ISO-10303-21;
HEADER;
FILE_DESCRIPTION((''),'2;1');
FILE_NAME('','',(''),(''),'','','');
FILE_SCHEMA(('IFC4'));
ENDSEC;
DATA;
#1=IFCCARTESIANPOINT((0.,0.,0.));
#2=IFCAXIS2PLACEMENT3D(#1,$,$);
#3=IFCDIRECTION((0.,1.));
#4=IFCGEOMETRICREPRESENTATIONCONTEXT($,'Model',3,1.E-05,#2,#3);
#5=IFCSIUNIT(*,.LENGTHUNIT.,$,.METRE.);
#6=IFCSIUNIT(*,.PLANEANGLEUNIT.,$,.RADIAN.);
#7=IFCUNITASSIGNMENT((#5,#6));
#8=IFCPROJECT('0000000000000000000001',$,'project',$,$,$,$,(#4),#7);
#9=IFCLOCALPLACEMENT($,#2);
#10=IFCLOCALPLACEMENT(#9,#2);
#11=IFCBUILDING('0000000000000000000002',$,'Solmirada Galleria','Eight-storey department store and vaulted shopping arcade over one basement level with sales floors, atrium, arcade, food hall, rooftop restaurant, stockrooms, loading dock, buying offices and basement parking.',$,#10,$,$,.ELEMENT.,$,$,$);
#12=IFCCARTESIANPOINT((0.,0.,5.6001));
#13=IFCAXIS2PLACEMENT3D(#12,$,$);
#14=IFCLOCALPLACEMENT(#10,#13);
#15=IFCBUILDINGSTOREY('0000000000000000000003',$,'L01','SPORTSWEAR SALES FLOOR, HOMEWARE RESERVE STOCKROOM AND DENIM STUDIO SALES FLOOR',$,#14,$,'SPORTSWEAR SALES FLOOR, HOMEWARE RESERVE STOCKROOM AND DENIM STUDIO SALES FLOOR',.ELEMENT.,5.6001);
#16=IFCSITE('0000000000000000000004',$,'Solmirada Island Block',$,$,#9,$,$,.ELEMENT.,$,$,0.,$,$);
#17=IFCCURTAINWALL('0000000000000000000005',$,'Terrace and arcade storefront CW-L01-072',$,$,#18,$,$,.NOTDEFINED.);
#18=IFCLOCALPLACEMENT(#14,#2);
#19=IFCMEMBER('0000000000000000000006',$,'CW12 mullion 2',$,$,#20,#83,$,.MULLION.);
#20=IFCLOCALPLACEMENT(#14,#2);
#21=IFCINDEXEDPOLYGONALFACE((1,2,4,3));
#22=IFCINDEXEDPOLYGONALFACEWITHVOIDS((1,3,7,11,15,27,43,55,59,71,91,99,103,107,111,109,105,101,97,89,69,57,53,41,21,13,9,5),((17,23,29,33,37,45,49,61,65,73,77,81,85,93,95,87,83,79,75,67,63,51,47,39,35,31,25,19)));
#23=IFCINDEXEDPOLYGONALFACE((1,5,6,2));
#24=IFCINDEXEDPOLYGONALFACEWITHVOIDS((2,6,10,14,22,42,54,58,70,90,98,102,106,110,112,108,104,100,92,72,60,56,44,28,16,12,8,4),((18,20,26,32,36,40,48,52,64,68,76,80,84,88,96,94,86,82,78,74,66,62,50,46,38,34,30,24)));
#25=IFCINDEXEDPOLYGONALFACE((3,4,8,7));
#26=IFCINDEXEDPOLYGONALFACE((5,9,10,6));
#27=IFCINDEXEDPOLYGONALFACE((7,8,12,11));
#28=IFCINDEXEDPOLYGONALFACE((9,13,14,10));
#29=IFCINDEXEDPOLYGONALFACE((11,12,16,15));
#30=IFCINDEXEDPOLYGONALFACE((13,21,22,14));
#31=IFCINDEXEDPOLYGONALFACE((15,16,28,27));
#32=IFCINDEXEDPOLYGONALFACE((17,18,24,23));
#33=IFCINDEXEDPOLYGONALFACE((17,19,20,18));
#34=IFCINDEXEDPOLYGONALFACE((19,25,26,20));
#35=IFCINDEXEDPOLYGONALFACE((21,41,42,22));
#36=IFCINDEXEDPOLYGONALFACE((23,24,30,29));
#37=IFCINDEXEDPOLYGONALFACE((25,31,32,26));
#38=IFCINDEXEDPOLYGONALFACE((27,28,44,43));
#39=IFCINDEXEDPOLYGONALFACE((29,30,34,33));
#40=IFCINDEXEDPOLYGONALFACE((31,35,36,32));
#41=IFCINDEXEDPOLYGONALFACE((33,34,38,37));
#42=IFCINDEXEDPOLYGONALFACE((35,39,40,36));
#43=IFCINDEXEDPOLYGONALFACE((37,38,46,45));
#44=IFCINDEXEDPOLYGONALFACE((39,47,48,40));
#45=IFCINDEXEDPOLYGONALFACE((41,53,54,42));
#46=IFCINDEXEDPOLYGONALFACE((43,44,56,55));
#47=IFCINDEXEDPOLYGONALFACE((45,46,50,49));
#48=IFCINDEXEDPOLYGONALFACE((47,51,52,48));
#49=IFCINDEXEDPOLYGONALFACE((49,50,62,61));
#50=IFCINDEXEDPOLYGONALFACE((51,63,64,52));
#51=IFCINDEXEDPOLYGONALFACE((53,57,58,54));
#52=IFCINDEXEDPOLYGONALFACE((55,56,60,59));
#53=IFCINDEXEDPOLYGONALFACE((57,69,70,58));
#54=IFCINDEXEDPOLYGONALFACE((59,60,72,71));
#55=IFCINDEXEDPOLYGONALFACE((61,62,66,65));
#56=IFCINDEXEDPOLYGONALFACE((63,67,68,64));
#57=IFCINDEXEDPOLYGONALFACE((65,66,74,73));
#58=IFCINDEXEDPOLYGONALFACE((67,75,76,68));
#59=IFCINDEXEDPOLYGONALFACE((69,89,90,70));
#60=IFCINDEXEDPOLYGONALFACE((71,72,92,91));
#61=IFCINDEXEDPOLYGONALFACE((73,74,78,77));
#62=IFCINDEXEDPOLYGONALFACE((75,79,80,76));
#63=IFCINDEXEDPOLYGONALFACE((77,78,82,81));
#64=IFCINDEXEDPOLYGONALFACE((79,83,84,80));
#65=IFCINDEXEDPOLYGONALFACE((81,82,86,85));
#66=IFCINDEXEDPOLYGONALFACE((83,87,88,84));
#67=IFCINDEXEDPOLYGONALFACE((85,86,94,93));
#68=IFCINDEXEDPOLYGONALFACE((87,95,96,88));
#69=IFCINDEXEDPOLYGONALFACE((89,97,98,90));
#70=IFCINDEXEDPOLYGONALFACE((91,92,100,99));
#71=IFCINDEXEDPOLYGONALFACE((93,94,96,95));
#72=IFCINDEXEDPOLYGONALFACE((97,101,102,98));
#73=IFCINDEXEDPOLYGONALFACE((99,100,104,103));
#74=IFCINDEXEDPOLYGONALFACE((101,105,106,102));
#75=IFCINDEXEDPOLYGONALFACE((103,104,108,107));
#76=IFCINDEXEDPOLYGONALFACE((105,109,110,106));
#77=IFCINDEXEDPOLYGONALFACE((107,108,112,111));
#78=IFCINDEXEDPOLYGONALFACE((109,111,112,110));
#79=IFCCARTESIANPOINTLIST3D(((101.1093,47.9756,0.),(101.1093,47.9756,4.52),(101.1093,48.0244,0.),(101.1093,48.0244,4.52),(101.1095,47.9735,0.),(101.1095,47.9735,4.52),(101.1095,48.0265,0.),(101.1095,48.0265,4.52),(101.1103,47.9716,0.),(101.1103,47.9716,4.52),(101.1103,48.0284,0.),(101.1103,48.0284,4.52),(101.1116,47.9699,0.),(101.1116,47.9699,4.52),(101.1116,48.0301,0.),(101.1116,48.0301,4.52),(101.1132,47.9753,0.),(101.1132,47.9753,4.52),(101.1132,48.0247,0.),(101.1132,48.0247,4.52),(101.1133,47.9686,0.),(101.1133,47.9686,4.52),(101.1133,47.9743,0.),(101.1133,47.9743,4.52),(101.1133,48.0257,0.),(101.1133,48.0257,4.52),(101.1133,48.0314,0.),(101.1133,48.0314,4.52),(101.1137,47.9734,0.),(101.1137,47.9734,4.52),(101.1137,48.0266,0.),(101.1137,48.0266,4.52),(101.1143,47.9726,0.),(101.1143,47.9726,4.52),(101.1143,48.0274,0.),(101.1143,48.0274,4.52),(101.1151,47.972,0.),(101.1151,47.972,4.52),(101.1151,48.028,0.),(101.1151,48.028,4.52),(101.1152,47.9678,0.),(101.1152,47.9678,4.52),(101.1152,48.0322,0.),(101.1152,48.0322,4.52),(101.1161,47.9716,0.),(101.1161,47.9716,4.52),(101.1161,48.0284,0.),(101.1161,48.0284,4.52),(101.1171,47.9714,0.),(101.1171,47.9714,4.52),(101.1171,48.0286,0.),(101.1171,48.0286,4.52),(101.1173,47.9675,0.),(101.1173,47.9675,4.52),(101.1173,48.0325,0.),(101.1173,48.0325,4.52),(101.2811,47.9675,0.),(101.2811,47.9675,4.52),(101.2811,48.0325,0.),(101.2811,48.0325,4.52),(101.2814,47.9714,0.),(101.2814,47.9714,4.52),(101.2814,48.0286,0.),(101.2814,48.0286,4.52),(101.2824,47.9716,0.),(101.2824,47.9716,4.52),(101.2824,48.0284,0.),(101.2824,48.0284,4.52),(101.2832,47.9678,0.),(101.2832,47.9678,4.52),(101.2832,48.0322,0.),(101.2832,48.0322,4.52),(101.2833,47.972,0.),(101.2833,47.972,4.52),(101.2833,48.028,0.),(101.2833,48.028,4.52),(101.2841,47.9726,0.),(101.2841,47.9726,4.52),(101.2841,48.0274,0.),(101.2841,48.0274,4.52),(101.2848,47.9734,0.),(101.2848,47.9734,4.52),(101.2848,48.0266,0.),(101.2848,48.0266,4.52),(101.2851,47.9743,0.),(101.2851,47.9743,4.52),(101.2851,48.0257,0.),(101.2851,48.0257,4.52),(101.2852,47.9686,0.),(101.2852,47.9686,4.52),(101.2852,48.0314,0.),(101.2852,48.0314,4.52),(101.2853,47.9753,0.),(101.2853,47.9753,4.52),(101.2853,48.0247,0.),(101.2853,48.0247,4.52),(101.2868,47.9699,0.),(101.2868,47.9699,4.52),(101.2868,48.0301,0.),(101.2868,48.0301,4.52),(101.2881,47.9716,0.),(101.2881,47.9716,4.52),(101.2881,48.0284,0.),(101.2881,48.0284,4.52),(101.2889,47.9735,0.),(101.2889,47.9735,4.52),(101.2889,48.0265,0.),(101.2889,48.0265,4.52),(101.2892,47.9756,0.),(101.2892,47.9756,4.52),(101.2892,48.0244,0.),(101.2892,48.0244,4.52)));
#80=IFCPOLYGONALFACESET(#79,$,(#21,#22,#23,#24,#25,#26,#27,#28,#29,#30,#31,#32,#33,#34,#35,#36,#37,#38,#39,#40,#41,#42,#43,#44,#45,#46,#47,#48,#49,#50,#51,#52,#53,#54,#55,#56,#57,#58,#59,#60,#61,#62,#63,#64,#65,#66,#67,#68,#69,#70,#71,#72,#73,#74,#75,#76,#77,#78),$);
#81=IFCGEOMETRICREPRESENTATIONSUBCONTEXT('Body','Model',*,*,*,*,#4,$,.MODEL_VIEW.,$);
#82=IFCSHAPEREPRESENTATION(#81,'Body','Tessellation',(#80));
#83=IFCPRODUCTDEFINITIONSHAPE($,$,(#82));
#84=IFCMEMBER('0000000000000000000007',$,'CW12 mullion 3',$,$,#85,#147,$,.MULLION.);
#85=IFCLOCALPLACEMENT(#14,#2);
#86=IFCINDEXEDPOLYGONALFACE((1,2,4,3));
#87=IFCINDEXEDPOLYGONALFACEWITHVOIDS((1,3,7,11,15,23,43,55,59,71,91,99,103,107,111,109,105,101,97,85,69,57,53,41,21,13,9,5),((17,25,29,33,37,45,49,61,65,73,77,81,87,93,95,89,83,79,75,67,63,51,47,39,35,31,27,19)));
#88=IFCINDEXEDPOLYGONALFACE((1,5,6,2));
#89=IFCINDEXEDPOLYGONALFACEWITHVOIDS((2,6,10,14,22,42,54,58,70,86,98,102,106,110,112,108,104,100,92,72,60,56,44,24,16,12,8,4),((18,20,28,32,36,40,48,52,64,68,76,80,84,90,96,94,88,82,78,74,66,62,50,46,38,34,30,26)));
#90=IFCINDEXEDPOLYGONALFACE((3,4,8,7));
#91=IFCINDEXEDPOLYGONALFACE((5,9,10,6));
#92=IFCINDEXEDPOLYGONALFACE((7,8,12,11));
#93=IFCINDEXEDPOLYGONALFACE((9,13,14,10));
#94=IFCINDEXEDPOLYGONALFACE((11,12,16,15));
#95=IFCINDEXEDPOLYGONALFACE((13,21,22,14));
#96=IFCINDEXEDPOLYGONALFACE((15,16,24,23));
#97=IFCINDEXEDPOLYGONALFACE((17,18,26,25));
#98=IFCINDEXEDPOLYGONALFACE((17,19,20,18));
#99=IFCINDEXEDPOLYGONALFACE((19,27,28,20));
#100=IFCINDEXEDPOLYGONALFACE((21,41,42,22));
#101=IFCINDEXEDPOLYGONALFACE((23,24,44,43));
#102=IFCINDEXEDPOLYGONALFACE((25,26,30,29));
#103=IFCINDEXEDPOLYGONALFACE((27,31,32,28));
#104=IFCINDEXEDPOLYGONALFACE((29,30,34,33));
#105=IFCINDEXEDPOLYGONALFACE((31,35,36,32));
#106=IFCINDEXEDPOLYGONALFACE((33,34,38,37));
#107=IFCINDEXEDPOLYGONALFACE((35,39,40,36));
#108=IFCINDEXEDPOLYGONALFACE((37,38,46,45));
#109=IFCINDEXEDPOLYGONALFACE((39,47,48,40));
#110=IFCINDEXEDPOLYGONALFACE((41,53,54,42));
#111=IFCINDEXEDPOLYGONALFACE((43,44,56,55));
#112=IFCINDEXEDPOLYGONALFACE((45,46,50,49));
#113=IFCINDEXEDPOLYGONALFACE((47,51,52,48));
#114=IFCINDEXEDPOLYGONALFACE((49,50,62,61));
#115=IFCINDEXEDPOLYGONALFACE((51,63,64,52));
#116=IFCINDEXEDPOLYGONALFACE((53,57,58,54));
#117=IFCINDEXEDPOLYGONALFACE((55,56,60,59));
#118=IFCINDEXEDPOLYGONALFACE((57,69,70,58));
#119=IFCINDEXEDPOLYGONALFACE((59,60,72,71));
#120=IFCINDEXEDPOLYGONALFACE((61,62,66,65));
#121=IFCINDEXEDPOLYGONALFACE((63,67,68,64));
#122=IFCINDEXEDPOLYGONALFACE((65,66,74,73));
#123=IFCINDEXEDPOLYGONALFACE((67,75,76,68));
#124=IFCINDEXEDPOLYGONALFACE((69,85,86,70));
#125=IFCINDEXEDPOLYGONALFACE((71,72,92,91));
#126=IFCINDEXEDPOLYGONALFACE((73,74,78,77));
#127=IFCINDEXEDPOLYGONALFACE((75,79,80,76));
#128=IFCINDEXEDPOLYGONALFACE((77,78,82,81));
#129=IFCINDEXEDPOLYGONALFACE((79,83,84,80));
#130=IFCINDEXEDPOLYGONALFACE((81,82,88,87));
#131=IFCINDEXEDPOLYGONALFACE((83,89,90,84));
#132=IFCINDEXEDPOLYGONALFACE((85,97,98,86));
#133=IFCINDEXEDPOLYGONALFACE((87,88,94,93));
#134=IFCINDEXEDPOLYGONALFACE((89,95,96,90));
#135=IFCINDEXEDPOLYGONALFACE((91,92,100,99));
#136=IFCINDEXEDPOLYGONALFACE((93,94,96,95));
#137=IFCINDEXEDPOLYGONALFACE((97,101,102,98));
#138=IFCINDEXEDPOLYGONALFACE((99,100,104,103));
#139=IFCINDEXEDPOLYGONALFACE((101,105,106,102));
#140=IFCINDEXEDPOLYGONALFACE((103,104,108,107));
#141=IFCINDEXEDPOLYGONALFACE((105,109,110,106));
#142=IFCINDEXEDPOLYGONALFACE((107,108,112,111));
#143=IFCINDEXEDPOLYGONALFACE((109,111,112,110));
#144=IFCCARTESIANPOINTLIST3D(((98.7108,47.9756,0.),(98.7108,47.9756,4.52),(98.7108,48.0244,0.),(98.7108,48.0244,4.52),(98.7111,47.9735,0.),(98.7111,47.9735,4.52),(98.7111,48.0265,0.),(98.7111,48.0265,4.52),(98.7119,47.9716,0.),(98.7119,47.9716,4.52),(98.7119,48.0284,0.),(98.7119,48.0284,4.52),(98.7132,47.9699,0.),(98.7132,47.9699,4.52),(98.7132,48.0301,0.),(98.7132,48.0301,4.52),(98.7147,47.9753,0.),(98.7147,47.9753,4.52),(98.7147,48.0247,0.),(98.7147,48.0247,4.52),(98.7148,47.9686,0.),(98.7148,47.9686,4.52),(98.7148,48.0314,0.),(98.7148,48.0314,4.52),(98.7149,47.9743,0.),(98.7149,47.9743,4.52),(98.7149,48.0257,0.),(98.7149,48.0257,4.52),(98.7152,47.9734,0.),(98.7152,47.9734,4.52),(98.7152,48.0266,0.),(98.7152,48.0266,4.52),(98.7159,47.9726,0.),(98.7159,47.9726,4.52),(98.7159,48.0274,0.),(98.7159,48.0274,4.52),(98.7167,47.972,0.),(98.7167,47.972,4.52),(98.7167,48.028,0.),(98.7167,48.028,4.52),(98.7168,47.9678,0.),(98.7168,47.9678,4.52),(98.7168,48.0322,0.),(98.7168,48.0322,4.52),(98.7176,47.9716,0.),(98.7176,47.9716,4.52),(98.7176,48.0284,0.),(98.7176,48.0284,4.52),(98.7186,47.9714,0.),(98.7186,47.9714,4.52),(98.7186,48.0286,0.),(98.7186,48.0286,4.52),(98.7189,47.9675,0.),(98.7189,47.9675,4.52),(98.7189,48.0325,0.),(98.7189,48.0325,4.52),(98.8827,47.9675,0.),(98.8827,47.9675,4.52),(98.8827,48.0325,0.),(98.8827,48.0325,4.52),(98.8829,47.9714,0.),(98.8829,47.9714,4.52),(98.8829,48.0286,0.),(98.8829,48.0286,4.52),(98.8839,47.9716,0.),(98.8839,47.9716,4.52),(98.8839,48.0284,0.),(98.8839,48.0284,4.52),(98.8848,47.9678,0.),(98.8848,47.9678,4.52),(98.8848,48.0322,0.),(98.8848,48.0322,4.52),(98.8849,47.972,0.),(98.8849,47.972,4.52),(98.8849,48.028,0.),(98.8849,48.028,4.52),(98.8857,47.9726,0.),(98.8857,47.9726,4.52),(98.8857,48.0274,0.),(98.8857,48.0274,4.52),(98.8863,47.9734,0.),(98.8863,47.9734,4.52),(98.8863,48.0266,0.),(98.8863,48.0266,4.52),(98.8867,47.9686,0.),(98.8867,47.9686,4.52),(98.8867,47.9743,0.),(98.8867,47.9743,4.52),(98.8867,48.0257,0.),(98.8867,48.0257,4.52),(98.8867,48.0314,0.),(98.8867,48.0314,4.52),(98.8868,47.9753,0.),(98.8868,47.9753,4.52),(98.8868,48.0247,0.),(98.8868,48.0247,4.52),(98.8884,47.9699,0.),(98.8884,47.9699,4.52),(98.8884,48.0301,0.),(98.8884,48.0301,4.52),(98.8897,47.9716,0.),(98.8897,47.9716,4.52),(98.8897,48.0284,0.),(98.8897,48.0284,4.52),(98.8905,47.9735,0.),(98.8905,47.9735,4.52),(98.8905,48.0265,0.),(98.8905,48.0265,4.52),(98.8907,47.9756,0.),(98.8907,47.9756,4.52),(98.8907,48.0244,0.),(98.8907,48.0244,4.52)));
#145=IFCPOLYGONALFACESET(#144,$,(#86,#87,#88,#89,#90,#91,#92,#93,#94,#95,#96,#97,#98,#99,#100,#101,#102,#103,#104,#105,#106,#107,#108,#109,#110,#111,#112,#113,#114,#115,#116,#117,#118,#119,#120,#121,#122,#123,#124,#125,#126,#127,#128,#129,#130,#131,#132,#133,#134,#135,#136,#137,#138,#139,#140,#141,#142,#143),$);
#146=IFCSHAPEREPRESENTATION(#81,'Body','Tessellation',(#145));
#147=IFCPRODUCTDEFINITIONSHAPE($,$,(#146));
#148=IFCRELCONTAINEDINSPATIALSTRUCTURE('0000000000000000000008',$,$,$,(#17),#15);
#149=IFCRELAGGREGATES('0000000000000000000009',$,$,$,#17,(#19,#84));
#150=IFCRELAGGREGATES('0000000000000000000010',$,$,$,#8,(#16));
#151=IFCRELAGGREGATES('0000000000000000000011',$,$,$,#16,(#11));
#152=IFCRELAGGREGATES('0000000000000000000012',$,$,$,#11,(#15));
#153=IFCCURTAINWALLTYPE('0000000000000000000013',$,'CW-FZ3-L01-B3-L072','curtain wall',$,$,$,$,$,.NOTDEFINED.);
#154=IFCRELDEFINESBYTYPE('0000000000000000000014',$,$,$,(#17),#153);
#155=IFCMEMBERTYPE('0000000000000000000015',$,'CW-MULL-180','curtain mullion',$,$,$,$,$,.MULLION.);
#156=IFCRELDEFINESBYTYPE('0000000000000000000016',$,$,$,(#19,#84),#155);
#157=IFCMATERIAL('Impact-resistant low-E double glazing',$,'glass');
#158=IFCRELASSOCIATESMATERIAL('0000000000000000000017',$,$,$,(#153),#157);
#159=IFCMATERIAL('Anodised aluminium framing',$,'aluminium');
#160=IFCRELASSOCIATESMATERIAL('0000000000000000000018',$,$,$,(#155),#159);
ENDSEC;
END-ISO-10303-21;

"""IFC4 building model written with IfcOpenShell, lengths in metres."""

from ifc_helpers import new_model, si_unit, direction, frame, origin, origin_2d, place, context, subcontext, project, spatial, hollow_rectangle, extrude, material, material_profile, profile_set, type_object, element, aggregate, save


model = new_model("IFC4")

# Units and contexts
model_context = context("Model", 3, precision=1e-05, world=origin(), true_north=direction((0.0, 1.0)))
body_context = subcontext(model_context, "Body", "Model", "MODEL_VIEW")
ifc_project = project(units=[si_unit("LENGTHUNIT", "METRE"), si_unit("PLANEANGLEUNIT", "RADIAN")], contexts=[model_context])

# Site, building, storey
site_placement = place(None, origin())
site = spatial("IfcSite", under=ifc_project, at=site_placement, Name="Solmirada Island Block", CompositionType="ELEMENT", RefElevation=0.0)
building_placement = place(site_placement, origin())
building = spatial("IfcBuilding", under=site, at=building_placement, Name="Solmirada Galleria", Description="Eight-storey department store and vaulted shopping arcade over one basement level with sales floors, atrium, arcade, food hall, rooftop restaurant, stockrooms, loading dock, buying offices and basement parking.", CompositionType="ELEMENT")
storey_placement = place(building_placement, frame((0.0, 0.0, 5.6001)))
storey = spatial("IfcBuildingStorey", under=building, at=storey_placement, Name="L01", Description="SPORTSWEAR SALES FLOOR, HOMEWARE RESERVE STOCKROOM AND DENIM STUDIO SALES FLOOR", LongName="SPORTSWEAR SALES FLOOR, HOMEWARE RESERVE STOCKROOM AND DENIM STUDIO SALES FLOOR", CompositionType="ELEMENT", Elevation=5.6001)

# Curtain wall, members
ifc_material_1 = material(Name="Impact-resistant low-E double glazing", Category="glass")
curtain_wall_type_1 = type_object("IfcCurtainWallType", Name="CW-FZ3-L01-B3-L072", Description="curtain wall", PredefinedType="NOTDEFINED", material=ifc_material_1)
curtain_wall_1_placement = place(storey_placement, origin())
curtain_wall_1 = element("IfcCurtainWall", 1, at=curtain_wall_1_placement, inside=storey, type_object=curtain_wall_type_1, Name="Terrace and arcade storefront CW-L01-072", PredefinedType="NOTDEFINED")
ifc_material_2 = material(Name="Anodised aluminium framing", Category="aluminium")
ifc_material_profile_1 = material_profile(ifc_material_2, hollow_rectangle(XDim=0.0649, YDim=0.1799, WallThickness=0.0039, InnerFilletRadius=0.0039, OuterFilletRadius=0.0081, at=origin_2d()), Name="ALU-MULL-180X65")
ifc_profile_set_1 = profile_set([ifc_material_profile_1], Name="Anodised aluminium framing")
member_type_1 = type_object("IfcMemberType", Name="CW-MULL-180", Description="curtain mullion", PredefinedType="MULLION", material=ifc_profile_set_1)
member_1_placement = place(storey_placement, frame((101.1992, 48.0, 0.0), z_axis=(0.0, 0.0, 1.0), x_axis=(0.0, -1.0, 0.0)))
member_1 = element("IfcMember", 2, at=member_1_placement, type_object=member_type_1, Name="CW12 mullion 2", PredefinedType="MULLION", context=body_context, shape_type="SweptSolid", body=[
    extrude(hollow_rectangle(XDim=0.0649, YDim=0.1799, WallThickness=0.0039, InnerFilletRadius=0.0039, OuterFilletRadius=0.0081, at=origin_2d()), origin(), (0.0, 0.0, 1.0), 4.52),
])
member_2_placement = place(storey_placement, frame((98.8008, 48.0, 0.0), z_axis=(0.0, 0.0, 1.0), x_axis=(0.0, -1.0, 0.0)))
member_2 = element("IfcMember", 3, at=member_2_placement, type_object=member_type_1, Name="CW12 mullion 3", PredefinedType="MULLION", context=body_context, shape_type="SweptSolid", body=[
    extrude(hollow_rectangle(XDim=0.0649, YDim=0.1799, WallThickness=0.0039, InnerFilletRadius=0.0039, OuterFilletRadius=0.0081, at=origin_2d()), origin(), (0.0, 0.0, 1.0), 4.52),
])

aggregate(curtain_wall_1, [member_1, member_2])

save(model, "model.ifc")
